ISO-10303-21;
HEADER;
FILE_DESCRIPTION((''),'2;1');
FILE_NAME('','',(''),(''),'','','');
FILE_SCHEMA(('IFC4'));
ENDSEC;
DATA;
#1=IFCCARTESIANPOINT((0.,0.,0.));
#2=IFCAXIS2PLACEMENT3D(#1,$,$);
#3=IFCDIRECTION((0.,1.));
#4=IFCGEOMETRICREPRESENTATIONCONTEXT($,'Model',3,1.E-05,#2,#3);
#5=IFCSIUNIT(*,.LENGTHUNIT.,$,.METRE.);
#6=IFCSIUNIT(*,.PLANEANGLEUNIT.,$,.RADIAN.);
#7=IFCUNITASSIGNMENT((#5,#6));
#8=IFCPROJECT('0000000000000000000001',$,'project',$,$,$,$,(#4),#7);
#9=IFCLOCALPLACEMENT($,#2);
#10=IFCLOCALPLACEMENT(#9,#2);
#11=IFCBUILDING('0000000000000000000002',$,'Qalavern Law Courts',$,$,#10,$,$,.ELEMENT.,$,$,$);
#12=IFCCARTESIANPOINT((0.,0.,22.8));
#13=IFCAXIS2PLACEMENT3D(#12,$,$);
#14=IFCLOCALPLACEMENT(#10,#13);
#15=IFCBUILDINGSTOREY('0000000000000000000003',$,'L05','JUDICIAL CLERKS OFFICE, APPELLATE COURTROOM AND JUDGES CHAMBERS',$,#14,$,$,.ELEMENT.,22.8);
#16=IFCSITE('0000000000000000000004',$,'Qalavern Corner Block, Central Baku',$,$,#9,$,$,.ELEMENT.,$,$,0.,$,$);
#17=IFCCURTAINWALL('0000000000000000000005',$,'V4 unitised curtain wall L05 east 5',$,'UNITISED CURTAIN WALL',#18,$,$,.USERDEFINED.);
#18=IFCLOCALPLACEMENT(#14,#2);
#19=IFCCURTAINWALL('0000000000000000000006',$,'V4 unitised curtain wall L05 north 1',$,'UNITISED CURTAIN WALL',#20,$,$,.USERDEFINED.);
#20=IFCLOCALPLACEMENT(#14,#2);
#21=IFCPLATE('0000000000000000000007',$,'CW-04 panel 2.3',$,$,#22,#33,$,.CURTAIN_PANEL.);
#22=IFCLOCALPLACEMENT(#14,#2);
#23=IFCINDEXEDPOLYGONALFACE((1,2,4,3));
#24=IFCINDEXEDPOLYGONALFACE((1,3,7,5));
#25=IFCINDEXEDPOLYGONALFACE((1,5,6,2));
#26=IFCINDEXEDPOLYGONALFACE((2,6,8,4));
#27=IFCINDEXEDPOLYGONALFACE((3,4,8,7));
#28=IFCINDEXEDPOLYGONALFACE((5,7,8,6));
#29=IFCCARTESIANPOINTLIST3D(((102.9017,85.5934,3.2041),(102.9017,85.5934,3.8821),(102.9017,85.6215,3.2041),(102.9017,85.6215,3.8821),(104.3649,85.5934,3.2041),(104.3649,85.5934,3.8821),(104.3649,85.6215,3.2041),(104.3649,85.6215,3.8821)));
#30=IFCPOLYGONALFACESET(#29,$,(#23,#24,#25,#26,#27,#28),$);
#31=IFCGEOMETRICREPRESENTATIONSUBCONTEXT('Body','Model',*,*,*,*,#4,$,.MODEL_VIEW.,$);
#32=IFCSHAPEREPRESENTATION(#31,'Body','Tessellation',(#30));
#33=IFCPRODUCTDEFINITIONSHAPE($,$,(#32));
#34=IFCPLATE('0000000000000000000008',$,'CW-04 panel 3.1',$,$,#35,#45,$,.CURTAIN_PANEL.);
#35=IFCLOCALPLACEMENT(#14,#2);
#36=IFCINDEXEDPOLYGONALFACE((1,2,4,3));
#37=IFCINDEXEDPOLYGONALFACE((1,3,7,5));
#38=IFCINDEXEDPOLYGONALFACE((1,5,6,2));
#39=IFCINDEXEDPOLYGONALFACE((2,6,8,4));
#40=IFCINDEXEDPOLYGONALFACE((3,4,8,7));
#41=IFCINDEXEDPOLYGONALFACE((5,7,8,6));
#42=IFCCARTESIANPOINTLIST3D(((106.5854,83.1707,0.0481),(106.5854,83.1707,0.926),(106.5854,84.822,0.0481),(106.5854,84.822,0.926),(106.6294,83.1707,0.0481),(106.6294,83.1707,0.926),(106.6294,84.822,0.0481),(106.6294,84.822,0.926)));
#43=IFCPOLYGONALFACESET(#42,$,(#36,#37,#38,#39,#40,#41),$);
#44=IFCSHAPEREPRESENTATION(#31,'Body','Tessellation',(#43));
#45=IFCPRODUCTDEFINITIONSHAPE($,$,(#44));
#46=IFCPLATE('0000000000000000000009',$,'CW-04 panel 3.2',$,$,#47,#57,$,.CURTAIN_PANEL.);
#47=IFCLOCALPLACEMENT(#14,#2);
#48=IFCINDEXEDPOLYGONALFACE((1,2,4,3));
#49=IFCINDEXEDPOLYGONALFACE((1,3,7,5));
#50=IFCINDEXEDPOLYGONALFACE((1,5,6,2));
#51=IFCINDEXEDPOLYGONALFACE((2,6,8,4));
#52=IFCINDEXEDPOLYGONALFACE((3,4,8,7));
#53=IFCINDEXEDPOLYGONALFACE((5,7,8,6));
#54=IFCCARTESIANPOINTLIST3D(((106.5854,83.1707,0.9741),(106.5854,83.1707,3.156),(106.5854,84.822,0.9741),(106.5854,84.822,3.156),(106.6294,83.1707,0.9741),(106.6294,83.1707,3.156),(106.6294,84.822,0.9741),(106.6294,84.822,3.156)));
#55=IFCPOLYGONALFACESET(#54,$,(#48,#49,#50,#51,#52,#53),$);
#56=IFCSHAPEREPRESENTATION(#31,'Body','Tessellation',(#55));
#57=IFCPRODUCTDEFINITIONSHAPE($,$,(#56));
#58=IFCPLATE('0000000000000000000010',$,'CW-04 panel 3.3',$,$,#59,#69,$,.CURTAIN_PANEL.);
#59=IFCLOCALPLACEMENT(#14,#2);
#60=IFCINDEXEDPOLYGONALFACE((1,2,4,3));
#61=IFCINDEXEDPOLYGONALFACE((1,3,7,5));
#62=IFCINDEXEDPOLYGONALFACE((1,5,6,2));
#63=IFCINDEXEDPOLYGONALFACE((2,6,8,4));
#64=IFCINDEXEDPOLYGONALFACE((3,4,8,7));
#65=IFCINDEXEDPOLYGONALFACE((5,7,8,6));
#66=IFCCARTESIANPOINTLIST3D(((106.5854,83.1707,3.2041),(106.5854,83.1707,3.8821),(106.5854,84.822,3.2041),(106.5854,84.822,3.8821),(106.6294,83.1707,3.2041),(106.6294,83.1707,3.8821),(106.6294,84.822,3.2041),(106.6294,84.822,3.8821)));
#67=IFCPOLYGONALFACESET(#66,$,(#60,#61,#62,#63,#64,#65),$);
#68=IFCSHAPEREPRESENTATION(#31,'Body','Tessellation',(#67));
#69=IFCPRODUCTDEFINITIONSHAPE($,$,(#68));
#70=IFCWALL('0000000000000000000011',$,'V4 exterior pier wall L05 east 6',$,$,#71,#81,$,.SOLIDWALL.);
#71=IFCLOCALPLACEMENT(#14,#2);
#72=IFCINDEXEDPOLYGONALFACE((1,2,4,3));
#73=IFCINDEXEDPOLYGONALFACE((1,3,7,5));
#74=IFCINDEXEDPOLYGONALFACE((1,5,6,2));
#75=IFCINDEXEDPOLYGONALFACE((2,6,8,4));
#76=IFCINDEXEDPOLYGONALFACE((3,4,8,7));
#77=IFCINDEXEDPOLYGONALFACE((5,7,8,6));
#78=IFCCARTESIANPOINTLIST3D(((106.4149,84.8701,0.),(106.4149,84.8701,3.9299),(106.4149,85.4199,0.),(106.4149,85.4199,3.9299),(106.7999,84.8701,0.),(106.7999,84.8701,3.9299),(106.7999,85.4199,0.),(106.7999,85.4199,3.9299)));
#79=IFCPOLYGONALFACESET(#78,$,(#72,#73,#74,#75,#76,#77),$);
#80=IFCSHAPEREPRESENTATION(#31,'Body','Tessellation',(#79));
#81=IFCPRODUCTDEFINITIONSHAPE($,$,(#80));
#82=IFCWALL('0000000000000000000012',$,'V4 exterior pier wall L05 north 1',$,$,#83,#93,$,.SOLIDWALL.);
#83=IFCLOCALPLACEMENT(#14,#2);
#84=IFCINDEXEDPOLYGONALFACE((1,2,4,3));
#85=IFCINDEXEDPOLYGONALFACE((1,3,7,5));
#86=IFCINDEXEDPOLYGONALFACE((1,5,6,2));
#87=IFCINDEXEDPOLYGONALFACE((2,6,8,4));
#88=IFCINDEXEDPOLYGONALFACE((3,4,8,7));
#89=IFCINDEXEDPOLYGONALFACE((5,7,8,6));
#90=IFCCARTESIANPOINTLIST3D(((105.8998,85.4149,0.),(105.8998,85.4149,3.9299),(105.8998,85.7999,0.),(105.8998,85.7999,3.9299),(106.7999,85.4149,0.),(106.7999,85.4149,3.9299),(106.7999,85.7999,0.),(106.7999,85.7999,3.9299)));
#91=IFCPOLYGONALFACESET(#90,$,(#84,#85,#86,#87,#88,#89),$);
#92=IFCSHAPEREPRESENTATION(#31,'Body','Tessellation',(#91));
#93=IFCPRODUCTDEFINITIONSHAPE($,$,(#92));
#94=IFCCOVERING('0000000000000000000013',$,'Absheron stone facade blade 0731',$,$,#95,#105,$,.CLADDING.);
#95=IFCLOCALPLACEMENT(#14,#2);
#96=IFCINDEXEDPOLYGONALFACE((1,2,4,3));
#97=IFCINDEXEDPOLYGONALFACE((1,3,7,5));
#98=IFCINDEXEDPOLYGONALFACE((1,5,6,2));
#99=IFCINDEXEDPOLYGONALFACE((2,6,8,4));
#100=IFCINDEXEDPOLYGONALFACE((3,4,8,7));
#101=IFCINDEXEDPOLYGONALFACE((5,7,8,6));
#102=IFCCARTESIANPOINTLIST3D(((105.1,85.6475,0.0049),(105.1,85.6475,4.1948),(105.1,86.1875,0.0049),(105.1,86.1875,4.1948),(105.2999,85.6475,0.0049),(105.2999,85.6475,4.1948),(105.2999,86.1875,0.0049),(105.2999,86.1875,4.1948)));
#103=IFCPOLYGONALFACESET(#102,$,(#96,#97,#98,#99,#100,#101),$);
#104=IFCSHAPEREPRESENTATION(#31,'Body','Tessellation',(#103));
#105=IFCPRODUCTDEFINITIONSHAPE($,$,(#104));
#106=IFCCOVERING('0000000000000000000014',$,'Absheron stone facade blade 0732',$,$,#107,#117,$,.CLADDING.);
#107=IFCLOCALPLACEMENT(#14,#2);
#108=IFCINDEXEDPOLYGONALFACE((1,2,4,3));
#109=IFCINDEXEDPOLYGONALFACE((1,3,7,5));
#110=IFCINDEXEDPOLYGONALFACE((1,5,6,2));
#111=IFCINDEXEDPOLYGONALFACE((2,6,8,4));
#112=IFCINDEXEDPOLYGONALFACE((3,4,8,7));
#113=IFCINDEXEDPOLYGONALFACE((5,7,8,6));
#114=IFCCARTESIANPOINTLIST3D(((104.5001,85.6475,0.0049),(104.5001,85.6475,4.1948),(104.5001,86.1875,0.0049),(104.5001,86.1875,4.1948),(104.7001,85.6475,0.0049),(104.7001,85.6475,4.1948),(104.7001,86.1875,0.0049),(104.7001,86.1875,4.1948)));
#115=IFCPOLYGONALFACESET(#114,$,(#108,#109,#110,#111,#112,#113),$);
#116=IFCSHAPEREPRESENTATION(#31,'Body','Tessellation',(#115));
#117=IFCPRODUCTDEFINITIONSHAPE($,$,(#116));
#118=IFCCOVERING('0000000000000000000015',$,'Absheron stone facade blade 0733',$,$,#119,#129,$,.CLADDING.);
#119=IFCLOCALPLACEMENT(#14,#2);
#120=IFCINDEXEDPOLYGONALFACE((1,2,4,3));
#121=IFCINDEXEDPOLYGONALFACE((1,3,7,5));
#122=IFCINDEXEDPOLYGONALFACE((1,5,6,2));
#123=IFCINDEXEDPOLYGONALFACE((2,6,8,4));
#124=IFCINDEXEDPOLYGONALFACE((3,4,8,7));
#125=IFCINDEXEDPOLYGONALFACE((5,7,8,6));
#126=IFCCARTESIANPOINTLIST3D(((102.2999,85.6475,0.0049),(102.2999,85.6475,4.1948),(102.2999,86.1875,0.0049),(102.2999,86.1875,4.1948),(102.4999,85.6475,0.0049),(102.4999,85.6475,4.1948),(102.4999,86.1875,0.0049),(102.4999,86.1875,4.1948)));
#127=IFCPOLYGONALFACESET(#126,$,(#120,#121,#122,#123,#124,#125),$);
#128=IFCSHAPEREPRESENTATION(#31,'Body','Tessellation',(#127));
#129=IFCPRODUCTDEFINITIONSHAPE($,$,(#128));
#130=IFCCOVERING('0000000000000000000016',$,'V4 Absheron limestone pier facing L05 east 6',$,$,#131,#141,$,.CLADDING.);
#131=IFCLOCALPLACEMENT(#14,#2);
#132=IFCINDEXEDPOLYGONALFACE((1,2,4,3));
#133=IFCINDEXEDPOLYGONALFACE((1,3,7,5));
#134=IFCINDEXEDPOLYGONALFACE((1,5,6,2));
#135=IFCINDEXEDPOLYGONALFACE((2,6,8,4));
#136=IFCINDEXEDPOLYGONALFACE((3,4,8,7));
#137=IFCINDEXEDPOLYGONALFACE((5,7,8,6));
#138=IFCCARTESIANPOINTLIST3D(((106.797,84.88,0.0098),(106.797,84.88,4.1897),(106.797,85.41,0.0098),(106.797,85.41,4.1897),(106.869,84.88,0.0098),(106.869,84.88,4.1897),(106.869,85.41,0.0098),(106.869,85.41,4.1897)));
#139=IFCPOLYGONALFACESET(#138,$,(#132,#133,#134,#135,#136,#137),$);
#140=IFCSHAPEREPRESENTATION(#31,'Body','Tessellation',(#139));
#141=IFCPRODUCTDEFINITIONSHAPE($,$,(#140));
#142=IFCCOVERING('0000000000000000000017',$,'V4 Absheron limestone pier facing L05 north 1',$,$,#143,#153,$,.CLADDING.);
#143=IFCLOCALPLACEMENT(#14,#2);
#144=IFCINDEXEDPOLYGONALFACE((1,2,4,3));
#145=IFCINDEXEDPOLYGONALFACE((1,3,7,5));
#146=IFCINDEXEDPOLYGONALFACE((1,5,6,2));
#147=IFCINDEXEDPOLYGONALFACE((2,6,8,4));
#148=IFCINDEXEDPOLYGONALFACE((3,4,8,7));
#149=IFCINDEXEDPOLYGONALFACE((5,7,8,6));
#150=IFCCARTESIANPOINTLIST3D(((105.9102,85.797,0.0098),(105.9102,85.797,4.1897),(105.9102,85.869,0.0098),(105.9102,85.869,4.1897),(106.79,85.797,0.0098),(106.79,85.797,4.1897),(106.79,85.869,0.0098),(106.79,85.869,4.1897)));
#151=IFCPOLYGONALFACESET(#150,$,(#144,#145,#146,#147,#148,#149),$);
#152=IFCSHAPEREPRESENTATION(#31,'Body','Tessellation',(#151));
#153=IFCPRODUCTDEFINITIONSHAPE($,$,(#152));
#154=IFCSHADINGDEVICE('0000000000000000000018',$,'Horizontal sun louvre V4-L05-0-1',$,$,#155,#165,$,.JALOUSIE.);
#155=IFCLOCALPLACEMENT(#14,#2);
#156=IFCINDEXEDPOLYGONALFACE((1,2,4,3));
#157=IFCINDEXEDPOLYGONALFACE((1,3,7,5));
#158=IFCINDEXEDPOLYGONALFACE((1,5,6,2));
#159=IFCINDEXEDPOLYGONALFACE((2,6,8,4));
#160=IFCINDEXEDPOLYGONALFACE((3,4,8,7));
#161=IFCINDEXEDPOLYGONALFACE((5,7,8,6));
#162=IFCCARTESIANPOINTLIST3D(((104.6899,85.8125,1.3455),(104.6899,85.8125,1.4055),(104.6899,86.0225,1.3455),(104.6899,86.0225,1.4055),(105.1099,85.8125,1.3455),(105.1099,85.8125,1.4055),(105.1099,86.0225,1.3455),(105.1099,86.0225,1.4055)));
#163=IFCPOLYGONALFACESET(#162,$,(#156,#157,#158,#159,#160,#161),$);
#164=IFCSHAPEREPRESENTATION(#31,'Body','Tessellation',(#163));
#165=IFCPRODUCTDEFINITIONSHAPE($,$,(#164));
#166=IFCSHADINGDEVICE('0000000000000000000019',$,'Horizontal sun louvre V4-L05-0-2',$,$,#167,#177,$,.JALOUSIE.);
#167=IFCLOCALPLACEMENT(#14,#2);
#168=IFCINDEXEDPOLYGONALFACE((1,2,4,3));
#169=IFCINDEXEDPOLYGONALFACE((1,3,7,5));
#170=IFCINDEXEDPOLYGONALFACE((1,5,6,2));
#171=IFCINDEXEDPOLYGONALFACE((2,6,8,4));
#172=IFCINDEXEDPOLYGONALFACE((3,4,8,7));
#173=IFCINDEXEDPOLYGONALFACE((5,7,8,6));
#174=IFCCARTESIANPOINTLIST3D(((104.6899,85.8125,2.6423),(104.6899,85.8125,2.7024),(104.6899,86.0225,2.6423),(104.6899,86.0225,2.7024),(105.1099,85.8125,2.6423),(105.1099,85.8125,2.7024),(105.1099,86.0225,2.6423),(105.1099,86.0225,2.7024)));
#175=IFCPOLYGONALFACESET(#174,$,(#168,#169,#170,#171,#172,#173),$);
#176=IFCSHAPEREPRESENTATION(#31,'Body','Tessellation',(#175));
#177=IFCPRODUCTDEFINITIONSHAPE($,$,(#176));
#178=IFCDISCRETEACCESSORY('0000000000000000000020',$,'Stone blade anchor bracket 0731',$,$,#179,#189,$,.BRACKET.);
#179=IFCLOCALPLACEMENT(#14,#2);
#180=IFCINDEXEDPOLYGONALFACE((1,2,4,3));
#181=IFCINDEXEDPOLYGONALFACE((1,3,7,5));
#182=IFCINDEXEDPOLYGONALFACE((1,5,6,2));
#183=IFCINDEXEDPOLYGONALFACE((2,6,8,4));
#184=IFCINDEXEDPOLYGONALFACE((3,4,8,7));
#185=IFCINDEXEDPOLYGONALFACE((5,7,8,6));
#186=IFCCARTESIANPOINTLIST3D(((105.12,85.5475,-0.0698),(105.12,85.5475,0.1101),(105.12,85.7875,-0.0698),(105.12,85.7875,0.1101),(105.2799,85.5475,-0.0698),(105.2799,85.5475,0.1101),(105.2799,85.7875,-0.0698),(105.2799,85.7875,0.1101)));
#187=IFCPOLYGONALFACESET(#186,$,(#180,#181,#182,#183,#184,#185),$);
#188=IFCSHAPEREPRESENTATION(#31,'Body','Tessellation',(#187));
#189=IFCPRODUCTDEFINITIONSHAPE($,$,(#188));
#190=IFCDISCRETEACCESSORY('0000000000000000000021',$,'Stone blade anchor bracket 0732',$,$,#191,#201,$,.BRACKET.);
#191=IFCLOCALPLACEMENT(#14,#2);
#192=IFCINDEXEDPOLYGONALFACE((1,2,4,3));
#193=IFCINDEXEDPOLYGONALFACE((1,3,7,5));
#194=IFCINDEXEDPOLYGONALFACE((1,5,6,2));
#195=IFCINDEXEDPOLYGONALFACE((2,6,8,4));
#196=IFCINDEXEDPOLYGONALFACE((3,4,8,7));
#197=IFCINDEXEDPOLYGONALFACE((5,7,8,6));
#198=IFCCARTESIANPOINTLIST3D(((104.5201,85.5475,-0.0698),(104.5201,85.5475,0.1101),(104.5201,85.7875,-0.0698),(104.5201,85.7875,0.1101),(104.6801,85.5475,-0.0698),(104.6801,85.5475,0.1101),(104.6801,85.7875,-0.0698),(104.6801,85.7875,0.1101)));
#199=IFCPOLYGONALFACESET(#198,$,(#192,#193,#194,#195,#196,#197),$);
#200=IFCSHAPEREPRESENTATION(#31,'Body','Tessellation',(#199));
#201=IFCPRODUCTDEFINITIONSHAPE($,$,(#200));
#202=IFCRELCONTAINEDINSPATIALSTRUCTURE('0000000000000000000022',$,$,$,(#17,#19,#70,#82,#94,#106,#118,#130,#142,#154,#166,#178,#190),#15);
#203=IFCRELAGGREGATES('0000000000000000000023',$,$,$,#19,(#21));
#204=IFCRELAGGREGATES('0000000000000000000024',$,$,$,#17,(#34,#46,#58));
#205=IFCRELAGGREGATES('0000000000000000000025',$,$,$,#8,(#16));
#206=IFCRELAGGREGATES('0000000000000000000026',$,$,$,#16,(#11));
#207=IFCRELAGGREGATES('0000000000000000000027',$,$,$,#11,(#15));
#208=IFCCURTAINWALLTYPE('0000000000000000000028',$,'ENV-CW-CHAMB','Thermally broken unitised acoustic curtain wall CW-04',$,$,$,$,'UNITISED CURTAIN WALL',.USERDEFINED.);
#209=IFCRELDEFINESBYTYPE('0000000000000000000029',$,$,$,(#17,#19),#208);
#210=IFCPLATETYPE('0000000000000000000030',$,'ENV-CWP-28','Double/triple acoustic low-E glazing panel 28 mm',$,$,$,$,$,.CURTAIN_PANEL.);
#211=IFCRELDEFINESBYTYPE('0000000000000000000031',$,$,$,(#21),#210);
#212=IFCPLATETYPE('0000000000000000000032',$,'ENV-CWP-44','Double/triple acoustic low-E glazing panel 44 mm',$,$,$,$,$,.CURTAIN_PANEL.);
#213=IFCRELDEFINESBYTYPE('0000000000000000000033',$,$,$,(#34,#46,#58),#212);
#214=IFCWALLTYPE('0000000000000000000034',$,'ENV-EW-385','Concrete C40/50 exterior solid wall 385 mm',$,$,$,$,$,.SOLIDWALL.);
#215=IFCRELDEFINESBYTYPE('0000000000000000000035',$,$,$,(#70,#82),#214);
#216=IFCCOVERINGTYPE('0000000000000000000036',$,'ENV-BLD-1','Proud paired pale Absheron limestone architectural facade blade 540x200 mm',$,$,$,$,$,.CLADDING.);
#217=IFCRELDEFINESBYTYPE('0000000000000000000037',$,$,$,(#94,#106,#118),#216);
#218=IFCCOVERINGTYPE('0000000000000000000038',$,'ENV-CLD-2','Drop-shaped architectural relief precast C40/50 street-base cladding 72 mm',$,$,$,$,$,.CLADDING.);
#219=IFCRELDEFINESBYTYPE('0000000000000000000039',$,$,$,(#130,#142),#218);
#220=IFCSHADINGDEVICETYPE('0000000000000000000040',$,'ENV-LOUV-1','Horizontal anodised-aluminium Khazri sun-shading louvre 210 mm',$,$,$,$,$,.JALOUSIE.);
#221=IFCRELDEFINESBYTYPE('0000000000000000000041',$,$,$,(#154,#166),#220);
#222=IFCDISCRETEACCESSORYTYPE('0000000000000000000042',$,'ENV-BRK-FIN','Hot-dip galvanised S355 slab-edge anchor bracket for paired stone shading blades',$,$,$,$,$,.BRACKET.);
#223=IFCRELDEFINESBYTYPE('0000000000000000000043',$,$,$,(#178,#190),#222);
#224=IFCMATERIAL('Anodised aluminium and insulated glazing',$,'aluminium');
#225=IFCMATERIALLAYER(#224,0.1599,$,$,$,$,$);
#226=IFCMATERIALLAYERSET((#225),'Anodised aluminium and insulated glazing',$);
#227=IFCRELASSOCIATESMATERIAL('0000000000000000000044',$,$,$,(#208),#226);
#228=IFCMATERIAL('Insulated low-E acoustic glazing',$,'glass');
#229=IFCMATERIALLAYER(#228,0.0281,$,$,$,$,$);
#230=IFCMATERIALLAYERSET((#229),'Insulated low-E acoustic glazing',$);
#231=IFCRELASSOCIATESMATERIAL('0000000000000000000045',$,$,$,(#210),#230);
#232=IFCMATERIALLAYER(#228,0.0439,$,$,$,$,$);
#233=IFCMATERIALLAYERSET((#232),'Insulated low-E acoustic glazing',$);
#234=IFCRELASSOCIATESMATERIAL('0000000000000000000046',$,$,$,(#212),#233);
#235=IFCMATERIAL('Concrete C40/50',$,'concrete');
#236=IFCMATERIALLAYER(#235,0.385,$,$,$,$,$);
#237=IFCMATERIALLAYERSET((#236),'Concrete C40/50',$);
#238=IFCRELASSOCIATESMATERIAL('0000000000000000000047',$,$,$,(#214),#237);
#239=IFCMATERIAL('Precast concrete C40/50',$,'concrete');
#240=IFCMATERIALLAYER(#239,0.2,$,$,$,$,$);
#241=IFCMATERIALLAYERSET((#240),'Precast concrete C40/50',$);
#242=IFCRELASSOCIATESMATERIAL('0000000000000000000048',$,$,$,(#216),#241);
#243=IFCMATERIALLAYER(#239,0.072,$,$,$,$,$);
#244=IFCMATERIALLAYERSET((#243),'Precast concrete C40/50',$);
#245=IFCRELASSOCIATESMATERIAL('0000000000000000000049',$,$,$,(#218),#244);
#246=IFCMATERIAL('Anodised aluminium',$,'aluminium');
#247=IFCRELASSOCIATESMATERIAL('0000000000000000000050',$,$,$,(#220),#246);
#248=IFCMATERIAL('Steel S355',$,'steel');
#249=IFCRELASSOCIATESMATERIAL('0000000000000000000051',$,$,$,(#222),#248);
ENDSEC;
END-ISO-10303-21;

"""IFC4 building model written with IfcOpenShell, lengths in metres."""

from ifc_helpers import new_model, si_unit, direction, frame, frame_2d, origin, origin_2d, place, context, subcontext, project, spatial, rectangle, extrude, material, layer, layer_set, type_object, element, aggregate, save


model = new_model("IFC4")

# Units and contexts
model_context = context("Model", 3, precision=1e-05, world=origin(), true_north=direction((0.0, 1.0)))
body_context = subcontext(model_context, "Body", "Model", "MODEL_VIEW")
ifc_project = project(units=[si_unit("LENGTHUNIT", "METRE"), si_unit("PLANEANGLEUNIT", "RADIAN")], contexts=[model_context])

# Site, building, storey
site_placement = place(None, origin())
site = spatial("IfcSite", under=ifc_project, at=site_placement, Name="Qalavern Corner Block, Central Baku", CompositionType="ELEMENT", RefElevation=0.0)
building_placement = place(site_placement, origin())
building = spatial("IfcBuilding", under=site, at=building_placement, Name="Qalavern Law Courts", CompositionType="ELEMENT")
storey_placement = place(building_placement, frame((0.0, 0.0, 22.8)))
storey = spatial("IfcBuildingStorey", under=building, at=storey_placement, Name="L05", Description="JUDICIAL CLERKS OFFICE, APPELLATE COURTROOM AND JUDGES CHAMBERS", CompositionType="ELEMENT", Elevation=22.8)

# Curtain wall
ifc_material_1 = material(Name="Anodised aluminium and insulated glazing", Category="aluminium")
ifc_layer_1 = layer(ifc_material_1, 0.1599)
ifc_layer_set_1 = layer_set([ifc_layer_1], Name="Anodised aluminium and insulated glazing")
curtain_wall_type = type_object("IfcCurtainWallType", Name="ENV-CW-CHAMB", Description="Thermally broken unitised acoustic curtain wall CW-04", ElementType="UNITISED CURTAIN WALL", PredefinedType="USERDEFINED", material=ifc_layer_set_1)
curtain_wall_1_placement = place(storey_placement, origin())
curtain_wall_1 = element("IfcCurtainWall", 1, at=curtain_wall_1_placement, inside=storey, type_object=curtain_wall_type, Name="V4 unitised curtain wall L05 east 5", ObjectType="UNITISED CURTAIN WALL", PredefinedType="USERDEFINED")
ifc_material_2 = material(Name="Anodised aluminium", Category="aluminium")

# Curtain wall
curtain_wall_2_placement = place(storey_placement, origin())
curtain_wall_2 = element("IfcCurtainWall", 2, at=curtain_wall_2_placement, inside=storey, type_object=curtain_wall_type, Name="V4 unitised curtain wall L05 north 1", ObjectType="UNITISED CURTAIN WALL", PredefinedType="USERDEFINED")

# Plates
ifc_material_3 = material(Name="Insulated low-E acoustic glazing", Category="glass")
ifc_layer_2 = layer(ifc_material_3, 0.0281)
ifc_layer_set_2 = layer_set([ifc_layer_2], Name="Insulated low-E acoustic glazing")
plate_type_1 = type_object("IfcPlateType", Name="ENV-CWP-28", Description="Double/triple acoustic low-E glazing panel 28 mm", PredefinedType="CURTAIN_PANEL", material=ifc_layer_set_2)
plate_1_placement = place(storey_placement, frame((103.6333, 85.6074, 3.2041), z_axis=(0.0, 0.0, 1.0), x_axis=(-1.0, 0.0, 0.0)))
plate_1 = element("IfcPlate", 3, at=plate_1_placement, type_object=plate_type_1, Name="CW-04 panel 2.3", PredefinedType="CURTAIN_PANEL", context=body_context, shape_type="SweptSolid", body=[
    extrude(rectangle(XDim=1.4631, YDim=0.0281, at=origin_2d()), origin(), (0.0, 0.0, 1.0), 0.678),
])
aggregate(curtain_wall_2, [plate_1])
ifc_layer_3 = layer(ifc_material_3, 0.0439)
ifc_layer_set_3 = layer_set([ifc_layer_3], Name="Insulated low-E acoustic glazing")
plate_type_2 = type_object("IfcPlateType", Name="ENV-CWP-44", Description="Double/triple acoustic low-E glazing panel 44 mm", PredefinedType="CURTAIN_PANEL", material=ifc_layer_set_3)
plate_2_placement = place(storey_placement, frame((106.6074, 83.9963, 0.0481), z_axis=(0.0, 0.0, 1.0), x_axis=(0.0, 1.0, 0.0)))
plate_2 = element("IfcPlate", 4, at=plate_2_placement, type_object=plate_type_2, Name="CW-04 panel 3.1", PredefinedType="CURTAIN_PANEL", context=body_context, shape_type="SweptSolid", body=[
    extrude(rectangle(XDim=1.6514, YDim=0.0439, at=origin_2d()), origin(), (0.0, 0.0, 1.0), 0.8779),
])
plate_3_placement = place(storey_placement, frame((106.6074, 83.9963, 0.9741), z_axis=(0.0, 0.0, 1.0), x_axis=(0.0, 1.0, 0.0)))
plate_3 = element("IfcPlate", 5, at=plate_3_placement, type_object=plate_type_2, Name="CW-04 panel 3.2", PredefinedType="CURTAIN_PANEL", context=body_context, shape_type="SweptSolid", body=[
    extrude(rectangle(XDim=1.6514, YDim=0.0439, at=origin_2d()), origin(), (0.0, 0.0, 1.0), 2.1819),
])
plate_4_placement = place(storey_placement, frame((106.6074, 83.9963, 3.2041), z_axis=(0.0, 0.0, 1.0), x_axis=(0.0, 1.0, 0.0)))
plate_4 = element("IfcPlate", 6, at=plate_4_placement, type_object=plate_type_2, Name="CW-04 panel 3.3", PredefinedType="CURTAIN_PANEL", context=body_context, shape_type="SweptSolid", body=[
    extrude(rectangle(XDim=1.6514, YDim=0.0439, at=origin_2d()), origin(), (0.0, 0.0, 1.0), 0.678),
])
aggregate(curtain_wall_1, [plate_2, plate_3, plate_4])

# Walls
ifc_material_4 = material(Name="Concrete C40/50", Category="concrete")
ifc_layer_4 = layer(ifc_material_4, 0.385)
ifc_layer_set_4 = layer_set([ifc_layer_4], Name="Concrete C40/50")
wall_type = type_object("IfcWallType", Name="ENV-EW-385", Description="Concrete C40/50 exterior solid wall 385 mm", PredefinedType="SOLIDWALL", material=ifc_layer_set_4)
wall_1_placement = place(storey_placement, frame((106.6074, 84.8701, 0.0), z_axis=(0.0, 0.0, 1.0), x_axis=(0.0, 1.0, 0.0)))
element("IfcWall", 7, at=wall_1_placement, inside=storey, type_object=wall_type, Name="V4 exterior pier wall L05 east 6", PredefinedType="SOLIDWALL", context=body_context, shape_type="SweptSolid", body=[
    extrude(rectangle(XDim=0.5498, YDim=0.385, at=frame_2d((0.2749, 0.0))), origin(), (0.0, 0.0, 1.0), 3.9299),
])
wall_2_placement = place(storey_placement, frame((106.8, 85.6074, 0.0), z_axis=(0.0, 0.0, 1.0), x_axis=(-1.0, 0.0, 0.0)))
element("IfcWall", 8, at=wall_2_placement, inside=storey, type_object=wall_type, Name="V4 exterior pier wall L05 north 1", PredefinedType="SOLIDWALL", context=body_context, shape_type="SweptSolid", body=[
    extrude(rectangle(XDim=0.9001, YDim=0.385, at=frame_2d((0.4502, 0.0))), origin(), (0.0, 0.0, 1.0), 3.9299),
])

# Coverings
ifc_material_5 = material(Name="Precast concrete C40/50", Category="concrete")
ifc_layer_5 = layer(ifc_material_5, 0.2)
ifc_layer_set_5 = layer_set([ifc_layer_5], Name="Precast concrete C40/50")
covering_type_1 = type_object("IfcCoveringType", Name="ENV-BLD-1", Description="Proud paired pale Absheron limestone architectural facade blade 540x200 mm", PredefinedType="CLADDING", material=ifc_layer_set_5)
for number, where, z_axis, x_axis, name in (
    (9, (105.2, 85.9175, 0.0049), (0.0, 0.0, 1.0), (0.0, 1.0, 0.0), "Absheron stone facade blade 0731"),
    (10, (104.6001, 85.9175, 0.0049), (0.0, 0.0, 1.0), (0.0, 1.0, 0.0), "Absheron stone facade blade 0732"),
    (11, (102.3999, 85.9175, 0.0049), (0.0, 0.0, 1.0), (0.0, 1.0, 0.0), "Absheron stone facade blade 0733"),
):
    element("IfcCovering", number, at=place(storey_placement, frame(where, z_axis=z_axis, x_axis=x_axis)), inside=storey, type_object=covering_type_1, Name=name, PredefinedType="CLADDING", context=body_context, shape_type="SweptSolid", body=[
        extrude(rectangle(XDim=0.54, YDim=0.2, at=origin_2d()), origin(), (0.0, 0.0, 1.0), 4.1899),
    ])
ifc_layer_6 = layer(ifc_material_5, 0.072)
ifc_layer_set_6 = layer_set([ifc_layer_6], Name="Precast concrete C40/50")
covering_type_2 = type_object("IfcCoveringType", Name="ENV-CLD-2", Description="Drop-shaped architectural relief precast C40/50 street-base cladding 72 mm", PredefinedType="CLADDING", material=ifc_layer_set_6)
covering_1_placement = place(storey_placement, frame((106.833, 85.145, 0.0098), z_axis=(0.0, 0.0, 1.0), x_axis=(0.0, 1.0, 0.0)))
element("IfcCovering", 12, at=covering_1_placement, inside=storey, type_object=covering_type_2, Name="V4 Absheron limestone pier facing L05 east 6", PredefinedType="CLADDING", context=body_context, shape_type="SweptSolid", body=[
    extrude(rectangle(XDim=0.53, YDim=0.072, at=origin_2d()), origin(), (0.0, 0.0, 1.0), 4.1799),
])
covering_2_placement = place(storey_placement, frame((106.3501, 85.833, 0.0098), z_axis=(0.0, 0.0, 1.0), x_axis=(-1.0, 0.0, 0.0)))
element("IfcCovering", 13, at=covering_2_placement, inside=storey, type_object=covering_type_2, Name="V4 Absheron limestone pier facing L05 north 1", PredefinedType="CLADDING", context=body_context, shape_type="SweptSolid", body=[
    extrude(rectangle(XDim=0.8799, YDim=0.072, at=origin_2d()), origin(), (0.0, 0.0, 1.0), 4.1799),
])

# Shading devices
shading_device_type = type_object("IfcShadingDeviceType", Name="ENV-LOUV-1", Description="Horizontal anodised-aluminium Khazri sun-shading louvre 210 mm", PredefinedType="JALOUSIE", material=ifc_material_2)
for number, where, z_axis, x_axis, name in (
    (14, (104.8999, 85.9175, 1.3455), (0.0, 0.0, 1.0), (-1.0, 0.0, 0.0), "Horizontal sun louvre V4-L05-0-1"),
    (15, (104.8999, 85.9175, 2.6423), (0.0, 0.0, 1.0), (-1.0, 0.0, 0.0), "Horizontal sun louvre V4-L05-0-2"),
):
    element("IfcShadingDevice", number, at=place(storey_placement, frame(where, z_axis=z_axis, x_axis=x_axis)), inside=storey, type_object=shading_device_type, Name=name, PredefinedType="JALOUSIE", context=body_context, shape_type="SweptSolid", body=[
        extrude(rectangle(XDim=0.4199, YDim=0.21, at=origin_2d()), origin(), (0.0, 0.0, 1.0), 0.0601),
    ])

# Discrete accessories
ifc_material_6 = material(Name="Steel S355", Category="steel")
discrete_accessory_type = type_object("IfcDiscreteAccessoryType", Name="ENV-BRK-FIN", Description="Hot-dip galvanised S355 slab-edge anchor bracket for paired stone shading blades", PredefinedType="BRACKET", material=ifc_material_6)
for number, where, z_axis, x_axis, name in (
    (16, (105.2, 85.6675, -0.0698), (0.0, 0.0, 1.0), (0.0, 1.0, 0.0), "Stone blade anchor bracket 0731"),
    (17, (104.6001, 85.6675, -0.0698), (0.0, 0.0, 1.0), (0.0, 1.0, 0.0), "Stone blade anchor bracket 0732"),
):
    element("IfcDiscreteAccessory", number, at=place(storey_placement, frame(where, z_axis=z_axis, x_axis=x_axis)), inside=storey, type_object=discrete_accessory_type, Name=name, PredefinedType="BRACKET", context=body_context, shape_type="SweptSolid", body=[
        extrude(rectangle(XDim=0.24, YDim=0.1599, at=origin_2d()), origin(), (0.0, 0.0, 1.0), 0.1799),
    ])

save(model, "model.ifc")
